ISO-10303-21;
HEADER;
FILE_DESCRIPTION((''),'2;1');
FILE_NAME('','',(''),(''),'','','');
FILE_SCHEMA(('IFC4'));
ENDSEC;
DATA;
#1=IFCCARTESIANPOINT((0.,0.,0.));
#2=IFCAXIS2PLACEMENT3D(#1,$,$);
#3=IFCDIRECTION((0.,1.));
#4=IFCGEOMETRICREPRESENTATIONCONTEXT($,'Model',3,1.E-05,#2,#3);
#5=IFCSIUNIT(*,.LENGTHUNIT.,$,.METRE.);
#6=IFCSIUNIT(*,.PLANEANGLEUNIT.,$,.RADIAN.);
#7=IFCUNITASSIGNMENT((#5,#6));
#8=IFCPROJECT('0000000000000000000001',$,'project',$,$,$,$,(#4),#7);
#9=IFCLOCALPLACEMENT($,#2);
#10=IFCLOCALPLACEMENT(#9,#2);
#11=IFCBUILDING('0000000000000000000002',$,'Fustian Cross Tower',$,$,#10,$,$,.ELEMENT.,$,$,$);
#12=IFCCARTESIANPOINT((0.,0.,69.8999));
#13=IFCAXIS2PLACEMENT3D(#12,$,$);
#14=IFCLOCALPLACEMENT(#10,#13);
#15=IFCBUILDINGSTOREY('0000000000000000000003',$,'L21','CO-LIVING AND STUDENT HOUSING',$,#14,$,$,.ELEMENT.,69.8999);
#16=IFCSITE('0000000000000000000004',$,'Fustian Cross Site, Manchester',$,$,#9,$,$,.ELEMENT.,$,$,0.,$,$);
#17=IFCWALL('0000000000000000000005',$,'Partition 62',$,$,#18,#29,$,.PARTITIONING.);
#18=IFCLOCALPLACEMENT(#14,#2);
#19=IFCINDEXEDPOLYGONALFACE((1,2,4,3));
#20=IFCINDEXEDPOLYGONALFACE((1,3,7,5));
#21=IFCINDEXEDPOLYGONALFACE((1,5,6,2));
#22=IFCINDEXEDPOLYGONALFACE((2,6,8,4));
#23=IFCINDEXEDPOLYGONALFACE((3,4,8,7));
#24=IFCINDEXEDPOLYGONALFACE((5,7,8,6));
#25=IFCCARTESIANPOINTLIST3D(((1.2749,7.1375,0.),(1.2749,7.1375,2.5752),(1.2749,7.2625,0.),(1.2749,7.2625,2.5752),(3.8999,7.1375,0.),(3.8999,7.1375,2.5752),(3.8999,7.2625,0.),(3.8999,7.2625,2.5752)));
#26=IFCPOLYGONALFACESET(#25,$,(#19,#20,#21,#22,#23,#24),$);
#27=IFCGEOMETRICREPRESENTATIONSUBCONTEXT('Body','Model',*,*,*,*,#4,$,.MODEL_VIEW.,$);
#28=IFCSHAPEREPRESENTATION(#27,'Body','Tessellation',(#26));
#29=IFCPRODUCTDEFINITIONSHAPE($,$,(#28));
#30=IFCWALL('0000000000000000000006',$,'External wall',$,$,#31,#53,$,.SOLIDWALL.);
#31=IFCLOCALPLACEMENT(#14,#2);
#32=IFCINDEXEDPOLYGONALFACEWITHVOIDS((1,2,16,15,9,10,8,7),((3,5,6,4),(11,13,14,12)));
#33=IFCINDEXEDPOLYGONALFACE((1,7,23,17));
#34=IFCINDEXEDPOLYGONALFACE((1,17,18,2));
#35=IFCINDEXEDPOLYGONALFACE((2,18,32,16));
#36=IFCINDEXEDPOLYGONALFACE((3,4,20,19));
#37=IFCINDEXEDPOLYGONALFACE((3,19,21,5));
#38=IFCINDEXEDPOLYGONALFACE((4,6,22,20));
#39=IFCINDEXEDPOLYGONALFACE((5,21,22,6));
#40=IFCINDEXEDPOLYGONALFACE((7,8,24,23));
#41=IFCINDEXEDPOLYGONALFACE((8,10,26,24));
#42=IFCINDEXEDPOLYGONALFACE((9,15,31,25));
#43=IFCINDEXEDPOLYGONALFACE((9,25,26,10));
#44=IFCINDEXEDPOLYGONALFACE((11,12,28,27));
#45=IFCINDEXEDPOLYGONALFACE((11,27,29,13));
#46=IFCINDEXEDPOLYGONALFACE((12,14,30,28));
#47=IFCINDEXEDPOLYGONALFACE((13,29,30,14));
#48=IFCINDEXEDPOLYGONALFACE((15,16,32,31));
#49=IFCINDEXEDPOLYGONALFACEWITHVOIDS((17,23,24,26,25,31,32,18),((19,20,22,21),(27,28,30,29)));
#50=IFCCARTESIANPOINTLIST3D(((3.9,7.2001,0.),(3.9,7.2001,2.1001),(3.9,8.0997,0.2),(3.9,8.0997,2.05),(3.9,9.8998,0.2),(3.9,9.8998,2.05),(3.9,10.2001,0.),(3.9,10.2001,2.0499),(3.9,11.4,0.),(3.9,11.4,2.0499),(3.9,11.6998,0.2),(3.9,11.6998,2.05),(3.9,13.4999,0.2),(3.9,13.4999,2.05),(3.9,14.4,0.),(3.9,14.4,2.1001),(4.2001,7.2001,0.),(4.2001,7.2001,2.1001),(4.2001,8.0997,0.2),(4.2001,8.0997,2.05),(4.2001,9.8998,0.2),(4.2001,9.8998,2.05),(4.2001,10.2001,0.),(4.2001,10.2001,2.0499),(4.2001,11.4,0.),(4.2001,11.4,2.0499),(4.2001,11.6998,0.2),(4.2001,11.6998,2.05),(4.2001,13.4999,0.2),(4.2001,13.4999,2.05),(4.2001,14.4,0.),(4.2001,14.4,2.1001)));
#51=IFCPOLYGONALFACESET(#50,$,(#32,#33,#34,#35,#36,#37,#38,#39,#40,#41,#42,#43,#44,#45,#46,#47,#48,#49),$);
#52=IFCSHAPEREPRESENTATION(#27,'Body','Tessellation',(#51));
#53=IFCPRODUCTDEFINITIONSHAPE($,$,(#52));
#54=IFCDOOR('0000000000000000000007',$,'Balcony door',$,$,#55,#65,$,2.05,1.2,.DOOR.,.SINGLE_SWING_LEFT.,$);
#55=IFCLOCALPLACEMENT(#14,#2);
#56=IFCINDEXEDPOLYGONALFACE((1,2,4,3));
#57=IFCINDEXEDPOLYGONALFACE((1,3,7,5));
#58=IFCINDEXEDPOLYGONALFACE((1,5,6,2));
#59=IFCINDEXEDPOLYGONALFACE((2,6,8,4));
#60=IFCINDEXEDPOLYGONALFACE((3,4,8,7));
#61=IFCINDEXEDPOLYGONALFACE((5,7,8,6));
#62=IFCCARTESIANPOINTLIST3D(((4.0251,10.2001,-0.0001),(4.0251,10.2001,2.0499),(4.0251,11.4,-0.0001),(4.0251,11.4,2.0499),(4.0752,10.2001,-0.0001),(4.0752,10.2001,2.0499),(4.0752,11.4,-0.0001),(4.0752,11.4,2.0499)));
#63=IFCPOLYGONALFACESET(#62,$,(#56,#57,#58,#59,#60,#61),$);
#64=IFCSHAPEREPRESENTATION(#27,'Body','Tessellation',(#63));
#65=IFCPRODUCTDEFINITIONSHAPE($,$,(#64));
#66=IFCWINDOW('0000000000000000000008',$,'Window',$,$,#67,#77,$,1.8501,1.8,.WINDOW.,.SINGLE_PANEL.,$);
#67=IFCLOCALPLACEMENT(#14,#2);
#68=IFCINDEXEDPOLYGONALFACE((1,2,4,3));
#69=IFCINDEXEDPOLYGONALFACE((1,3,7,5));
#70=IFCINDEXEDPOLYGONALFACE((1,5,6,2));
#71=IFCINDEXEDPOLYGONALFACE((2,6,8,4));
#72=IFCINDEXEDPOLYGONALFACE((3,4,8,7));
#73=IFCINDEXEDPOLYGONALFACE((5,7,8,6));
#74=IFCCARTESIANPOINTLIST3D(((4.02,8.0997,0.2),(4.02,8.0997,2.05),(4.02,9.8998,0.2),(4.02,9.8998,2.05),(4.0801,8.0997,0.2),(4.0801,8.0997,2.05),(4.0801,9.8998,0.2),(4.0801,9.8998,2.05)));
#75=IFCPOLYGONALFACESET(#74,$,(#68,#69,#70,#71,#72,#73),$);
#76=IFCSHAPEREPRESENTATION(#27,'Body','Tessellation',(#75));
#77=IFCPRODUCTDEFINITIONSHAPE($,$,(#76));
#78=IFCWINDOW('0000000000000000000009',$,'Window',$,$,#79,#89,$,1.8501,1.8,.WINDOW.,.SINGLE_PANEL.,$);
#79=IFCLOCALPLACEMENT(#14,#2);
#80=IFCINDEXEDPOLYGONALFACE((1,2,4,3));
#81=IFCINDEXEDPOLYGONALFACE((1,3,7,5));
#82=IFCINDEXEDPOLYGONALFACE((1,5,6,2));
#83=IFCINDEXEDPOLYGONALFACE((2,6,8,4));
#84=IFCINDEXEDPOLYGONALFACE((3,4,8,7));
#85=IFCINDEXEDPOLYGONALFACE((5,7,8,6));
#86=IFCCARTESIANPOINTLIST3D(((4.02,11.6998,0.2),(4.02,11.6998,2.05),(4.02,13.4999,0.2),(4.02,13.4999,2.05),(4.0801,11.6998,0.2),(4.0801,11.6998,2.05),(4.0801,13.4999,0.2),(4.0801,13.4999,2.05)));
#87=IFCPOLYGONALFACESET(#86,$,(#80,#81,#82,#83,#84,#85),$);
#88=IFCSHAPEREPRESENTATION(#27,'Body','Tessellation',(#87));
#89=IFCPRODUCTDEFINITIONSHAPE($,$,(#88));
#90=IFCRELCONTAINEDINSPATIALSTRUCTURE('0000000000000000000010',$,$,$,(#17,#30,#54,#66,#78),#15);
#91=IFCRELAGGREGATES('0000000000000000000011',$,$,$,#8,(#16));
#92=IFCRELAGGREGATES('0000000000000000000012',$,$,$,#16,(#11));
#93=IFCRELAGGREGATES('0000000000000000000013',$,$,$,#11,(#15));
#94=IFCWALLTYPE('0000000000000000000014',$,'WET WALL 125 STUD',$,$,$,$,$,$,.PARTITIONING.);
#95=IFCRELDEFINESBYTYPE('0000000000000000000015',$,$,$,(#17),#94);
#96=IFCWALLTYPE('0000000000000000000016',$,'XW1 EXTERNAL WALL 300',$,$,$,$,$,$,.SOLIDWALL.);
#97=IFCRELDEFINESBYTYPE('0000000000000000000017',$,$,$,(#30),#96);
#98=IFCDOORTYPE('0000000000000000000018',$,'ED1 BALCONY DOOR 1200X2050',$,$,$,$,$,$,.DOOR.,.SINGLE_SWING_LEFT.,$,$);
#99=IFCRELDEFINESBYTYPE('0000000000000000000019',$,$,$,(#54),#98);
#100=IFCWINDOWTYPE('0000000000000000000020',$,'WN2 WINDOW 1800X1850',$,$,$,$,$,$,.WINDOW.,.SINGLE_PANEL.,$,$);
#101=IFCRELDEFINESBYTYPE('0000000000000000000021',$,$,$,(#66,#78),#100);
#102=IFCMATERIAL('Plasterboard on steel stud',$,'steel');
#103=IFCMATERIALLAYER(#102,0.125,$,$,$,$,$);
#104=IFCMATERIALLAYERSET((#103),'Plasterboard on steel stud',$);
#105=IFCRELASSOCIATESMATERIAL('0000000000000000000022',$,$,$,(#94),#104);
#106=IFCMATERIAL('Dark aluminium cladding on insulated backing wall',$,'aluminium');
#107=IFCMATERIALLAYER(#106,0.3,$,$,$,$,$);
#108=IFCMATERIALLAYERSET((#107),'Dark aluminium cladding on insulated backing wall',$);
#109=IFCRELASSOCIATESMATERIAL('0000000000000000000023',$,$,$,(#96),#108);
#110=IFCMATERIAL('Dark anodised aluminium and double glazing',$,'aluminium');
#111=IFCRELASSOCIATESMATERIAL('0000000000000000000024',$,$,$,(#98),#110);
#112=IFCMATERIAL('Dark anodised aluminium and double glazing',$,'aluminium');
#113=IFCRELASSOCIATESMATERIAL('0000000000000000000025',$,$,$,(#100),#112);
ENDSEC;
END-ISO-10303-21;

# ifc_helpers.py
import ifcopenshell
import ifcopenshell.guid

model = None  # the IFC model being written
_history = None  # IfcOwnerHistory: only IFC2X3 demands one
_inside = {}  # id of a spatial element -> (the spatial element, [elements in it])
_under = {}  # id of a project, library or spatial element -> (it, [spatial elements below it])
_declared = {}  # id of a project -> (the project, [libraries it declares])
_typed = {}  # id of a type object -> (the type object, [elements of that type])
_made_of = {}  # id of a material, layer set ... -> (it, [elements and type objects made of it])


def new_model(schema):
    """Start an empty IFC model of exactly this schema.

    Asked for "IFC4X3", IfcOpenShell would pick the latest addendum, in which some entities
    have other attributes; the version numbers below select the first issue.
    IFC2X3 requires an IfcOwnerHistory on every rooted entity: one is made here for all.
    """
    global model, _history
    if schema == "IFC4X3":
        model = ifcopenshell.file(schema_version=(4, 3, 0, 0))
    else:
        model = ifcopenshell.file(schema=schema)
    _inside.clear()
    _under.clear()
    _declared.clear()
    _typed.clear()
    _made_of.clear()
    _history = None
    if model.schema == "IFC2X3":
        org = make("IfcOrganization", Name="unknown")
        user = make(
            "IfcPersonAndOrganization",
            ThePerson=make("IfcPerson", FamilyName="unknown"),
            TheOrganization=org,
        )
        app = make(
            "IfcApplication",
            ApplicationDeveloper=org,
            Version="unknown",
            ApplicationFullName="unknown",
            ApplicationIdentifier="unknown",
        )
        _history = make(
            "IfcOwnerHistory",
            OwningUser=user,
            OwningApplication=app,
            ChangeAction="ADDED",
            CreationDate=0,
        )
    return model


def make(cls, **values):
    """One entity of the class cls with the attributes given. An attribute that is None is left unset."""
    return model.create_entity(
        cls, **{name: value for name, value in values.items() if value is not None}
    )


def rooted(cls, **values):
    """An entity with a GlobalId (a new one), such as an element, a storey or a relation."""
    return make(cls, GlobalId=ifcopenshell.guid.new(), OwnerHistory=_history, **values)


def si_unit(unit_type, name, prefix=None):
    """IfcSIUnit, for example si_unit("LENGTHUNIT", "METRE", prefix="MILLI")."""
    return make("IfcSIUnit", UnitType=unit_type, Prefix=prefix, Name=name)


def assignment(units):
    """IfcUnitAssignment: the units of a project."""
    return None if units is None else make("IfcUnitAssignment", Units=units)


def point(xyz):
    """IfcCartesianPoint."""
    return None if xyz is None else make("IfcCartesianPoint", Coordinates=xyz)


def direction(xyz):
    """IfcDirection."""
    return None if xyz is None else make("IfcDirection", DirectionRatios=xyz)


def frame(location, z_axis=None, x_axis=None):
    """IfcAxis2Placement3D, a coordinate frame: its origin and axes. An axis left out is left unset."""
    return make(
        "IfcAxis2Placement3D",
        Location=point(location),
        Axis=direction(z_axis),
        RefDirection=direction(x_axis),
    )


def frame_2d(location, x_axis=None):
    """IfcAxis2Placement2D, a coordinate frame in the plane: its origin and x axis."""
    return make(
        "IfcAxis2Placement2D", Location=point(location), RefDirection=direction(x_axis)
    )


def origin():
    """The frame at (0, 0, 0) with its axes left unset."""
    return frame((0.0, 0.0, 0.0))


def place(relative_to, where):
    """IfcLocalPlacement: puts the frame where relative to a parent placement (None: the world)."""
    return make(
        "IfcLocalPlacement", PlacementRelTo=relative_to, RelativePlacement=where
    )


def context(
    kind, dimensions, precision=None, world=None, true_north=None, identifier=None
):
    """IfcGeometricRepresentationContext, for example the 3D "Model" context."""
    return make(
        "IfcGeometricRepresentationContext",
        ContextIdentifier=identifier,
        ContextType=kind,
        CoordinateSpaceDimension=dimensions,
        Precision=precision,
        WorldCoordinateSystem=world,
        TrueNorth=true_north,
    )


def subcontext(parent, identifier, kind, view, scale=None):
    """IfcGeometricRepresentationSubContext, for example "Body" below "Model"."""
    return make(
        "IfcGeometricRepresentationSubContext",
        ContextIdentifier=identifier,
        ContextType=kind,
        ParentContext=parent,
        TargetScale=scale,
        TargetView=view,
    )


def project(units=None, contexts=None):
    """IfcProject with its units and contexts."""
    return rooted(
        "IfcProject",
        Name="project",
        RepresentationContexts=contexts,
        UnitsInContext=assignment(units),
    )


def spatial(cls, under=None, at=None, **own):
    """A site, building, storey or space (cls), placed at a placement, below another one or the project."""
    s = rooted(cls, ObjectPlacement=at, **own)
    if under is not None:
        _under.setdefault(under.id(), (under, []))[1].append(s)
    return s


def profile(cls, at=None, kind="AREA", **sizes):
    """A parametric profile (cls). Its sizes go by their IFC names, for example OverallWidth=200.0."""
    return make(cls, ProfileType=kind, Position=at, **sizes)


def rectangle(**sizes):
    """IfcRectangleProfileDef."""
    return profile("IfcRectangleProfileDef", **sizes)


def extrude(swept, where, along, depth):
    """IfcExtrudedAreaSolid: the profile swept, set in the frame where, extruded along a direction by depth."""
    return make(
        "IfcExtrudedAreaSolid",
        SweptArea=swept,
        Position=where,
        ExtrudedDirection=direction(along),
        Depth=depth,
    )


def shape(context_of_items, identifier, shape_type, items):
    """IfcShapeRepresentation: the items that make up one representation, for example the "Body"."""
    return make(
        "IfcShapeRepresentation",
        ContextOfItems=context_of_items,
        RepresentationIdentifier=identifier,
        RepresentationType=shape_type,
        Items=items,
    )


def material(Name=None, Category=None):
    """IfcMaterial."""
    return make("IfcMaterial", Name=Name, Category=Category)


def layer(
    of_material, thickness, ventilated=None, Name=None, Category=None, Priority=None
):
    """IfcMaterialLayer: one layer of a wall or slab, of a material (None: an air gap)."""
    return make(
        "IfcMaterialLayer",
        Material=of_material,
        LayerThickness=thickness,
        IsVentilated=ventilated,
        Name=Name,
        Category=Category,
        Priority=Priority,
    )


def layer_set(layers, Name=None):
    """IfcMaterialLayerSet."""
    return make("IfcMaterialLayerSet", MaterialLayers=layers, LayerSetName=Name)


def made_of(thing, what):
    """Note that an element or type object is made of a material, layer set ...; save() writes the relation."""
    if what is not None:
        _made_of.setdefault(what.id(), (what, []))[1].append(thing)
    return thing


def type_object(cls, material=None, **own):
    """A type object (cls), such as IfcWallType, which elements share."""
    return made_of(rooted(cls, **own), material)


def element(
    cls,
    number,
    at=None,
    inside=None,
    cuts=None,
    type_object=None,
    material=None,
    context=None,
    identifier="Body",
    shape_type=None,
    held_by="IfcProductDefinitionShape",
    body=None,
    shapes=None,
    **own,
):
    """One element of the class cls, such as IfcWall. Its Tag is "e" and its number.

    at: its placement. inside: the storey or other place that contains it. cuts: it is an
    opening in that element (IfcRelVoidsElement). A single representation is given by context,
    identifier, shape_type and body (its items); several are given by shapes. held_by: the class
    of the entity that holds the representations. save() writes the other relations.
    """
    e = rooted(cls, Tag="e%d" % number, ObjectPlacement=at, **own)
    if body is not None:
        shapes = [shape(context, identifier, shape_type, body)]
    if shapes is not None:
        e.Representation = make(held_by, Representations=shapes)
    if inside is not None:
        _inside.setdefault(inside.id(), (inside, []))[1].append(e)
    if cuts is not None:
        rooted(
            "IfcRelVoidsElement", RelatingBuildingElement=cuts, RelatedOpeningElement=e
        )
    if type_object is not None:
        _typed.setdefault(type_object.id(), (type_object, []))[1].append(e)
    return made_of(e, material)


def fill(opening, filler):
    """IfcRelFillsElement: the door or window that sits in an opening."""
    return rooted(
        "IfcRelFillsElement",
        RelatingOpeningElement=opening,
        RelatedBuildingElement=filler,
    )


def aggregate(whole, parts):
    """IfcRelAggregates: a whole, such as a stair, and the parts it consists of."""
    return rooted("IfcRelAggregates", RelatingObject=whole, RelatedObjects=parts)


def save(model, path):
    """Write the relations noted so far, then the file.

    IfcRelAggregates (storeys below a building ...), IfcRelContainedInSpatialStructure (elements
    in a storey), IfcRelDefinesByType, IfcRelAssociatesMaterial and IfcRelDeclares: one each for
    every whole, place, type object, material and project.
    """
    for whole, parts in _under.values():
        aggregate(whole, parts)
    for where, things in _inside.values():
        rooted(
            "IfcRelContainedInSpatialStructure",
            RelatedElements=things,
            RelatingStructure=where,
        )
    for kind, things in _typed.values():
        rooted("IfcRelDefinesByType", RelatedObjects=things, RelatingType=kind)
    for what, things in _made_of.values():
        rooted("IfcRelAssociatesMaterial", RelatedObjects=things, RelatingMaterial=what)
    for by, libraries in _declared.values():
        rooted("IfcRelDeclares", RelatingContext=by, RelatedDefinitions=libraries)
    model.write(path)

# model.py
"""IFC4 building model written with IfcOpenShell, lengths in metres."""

from ifc_helpers import new_model, si_unit, direction, frame, frame_2d, origin, place, context, subcontext, project, spatial, rectangle, extrude, material, layer, layer_set, type_object, element, fill, save


model = new_model("IFC4")

# Units and contexts
model_context = context("Model", 3, precision=1e-05, world=origin(), true_north=direction((0.0, 1.0)))
body_context = subcontext(model_context, "Body", "Model", "MODEL_VIEW")
ifc_project = project(units=[si_unit("LENGTHUNIT", "METRE"), si_unit("PLANEANGLEUNIT", "RADIAN")], contexts=[model_context])

# Site, building, storey
site_placement = place(None, origin())
site = spatial("IfcSite", under=ifc_project, at=site_placement, Name="Fustian Cross Site, Manchester", CompositionType="ELEMENT", RefElevation=0.0)
building_placement = place(site_placement, origin())
building = spatial("IfcBuilding", under=site, at=building_placement, Name="Fustian Cross Tower", CompositionType="ELEMENT")
storey_placement = place(building_placement, frame((0.0, 0.0, 69.8999)))
storey = spatial("IfcBuildingStorey", under=building, at=storey_placement, Name="L21", Description="CO-LIVING AND STUDENT HOUSING", CompositionType="ELEMENT", Elevation=69.8999)

# Wall
ifc_material_1 = material(Name="Plasterboard on steel stud", Category="steel")
ifc_layer_1 = layer(ifc_material_1, 0.125)
ifc_layer_set_1 = layer_set([ifc_layer_1], Name="Plasterboard on steel stud")
wall_type_1 = type_object("IfcWallType", Name="WET WALL 125 STUD", PredefinedType="PARTITIONING", material=ifc_layer_set_1)
wall_1_placement = place(storey_placement, frame((1.2749, 7.2, 0.0), z_axis=(0.0, 0.0, 1.0), x_axis=(1.0, 0.0, 0.0)))
element("IfcWall", 1, at=wall_1_placement, inside=storey, type_object=wall_type_1, Name="Partition 62", PredefinedType="PARTITIONING", context=body_context, shape_type="SweptSolid", body=[
    extrude(rectangle(XDim=2.625, YDim=0.125, at=frame_2d((1.3125, 0.0))), origin(), (0.0, 0.0, 1.0), 2.5752),
])

# Wall, openings, door, windows
ifc_material_2 = material(Name="Dark aluminium cladding on insulated backing wall", Category="aluminium")
ifc_layer_2 = layer(ifc_material_2, 0.3)
ifc_layer_set_2 = layer_set([ifc_layer_2], Name="Dark aluminium cladding on insulated backing wall")
wall_type_2 = type_object("IfcWallType", Name="XW1 EXTERNAL WALL 300", PredefinedType="SOLIDWALL", material=ifc_layer_set_2)
wall_2_placement = place(storey_placement, frame((4.05, 7.2, 0.0), z_axis=(0.0, 0.0, 1.0), x_axis=(0.0, 1.0, 0.0)))
wall_2 = element("IfcWall", 2, at=wall_2_placement, inside=storey, type_object=wall_type_2, Name="External wall", PredefinedType="SOLIDWALL", context=body_context, shape_type="SweptSolid", body=[
    extrude(rectangle(XDim=7.2, YDim=0.3, at=frame_2d((3.6001, 0.0))), origin(), (0.0, 0.0, 1.0), 2.1001),
])
opening_1_placement = place(wall_2_placement, frame((3.0, 0.0, 0.0)))
opening_1 = element("IfcOpeningElement", 3, at=opening_1_placement, cuts=wall_2, PredefinedType="OPENING", context=body_context, shape_type="SweptSolid", body=[
    extrude(rectangle(XDim=1.2, YDim=2.05, at=frame_2d((0.6001, 1.0249))), frame((0.0, 0.1599, 0.0), z_axis=(0.0, -1.0, 0.0), x_axis=(1.0, 0.0, 0.0)), (0.0, 0.0, 1.0), 0.3201),
])
opening_2_placement = place(wall_2_placement, frame((0.8999, 0.0, 0.2)))
opening_2 = element("IfcOpeningElement", 4, at=opening_2_placement, cuts=wall_2, PredefinedType="OPENING", context=body_context, shape_type="SweptSolid", body=[
    extrude(rectangle(XDim=1.8, YDim=1.8501, at=frame_2d((0.8999, 0.925))), frame((0.0, 0.1599, 0.0), z_axis=(0.0, -1.0, 0.0), x_axis=(1.0, 0.0, 0.0)), (0.0, 0.0, 1.0), 0.3201),
])
opening_3_placement = place(wall_2_placement, frame((4.5, 0.0, 0.2)))
opening_3 = element("IfcOpeningElement", 5, at=opening_3_placement, cuts=wall_2, PredefinedType="OPENING", context=body_context, shape_type="SweptSolid", body=[
    extrude(rectangle(XDim=1.8, YDim=1.8501, at=frame_2d((0.8999, 0.925))), frame((0.0, 0.1599, 0.0), z_axis=(0.0, -1.0, 0.0), x_axis=(1.0, 0.0, 0.0)), (0.0, 0.0, 1.0), 0.3201),
])
ifc_material_3 = material(Name="Dark anodised aluminium and double glazing", Category="aluminium")
door_type_1 = type_object("IfcDoorType", Name="ED1 BALCONY DOOR 1200X2050", OperationType="SINGLE_SWING_LEFT", PredefinedType="DOOR", material=ifc_material_3)
door_1_placement = place(opening_1_placement, origin())
door_1 = element("IfcDoor", 6, at=door_1_placement, inside=storey, type_object=door_type_1, Name="Balcony door", OperationType="SINGLE_SWING_LEFT", OverallHeight=2.05, OverallWidth=1.2, PredefinedType="DOOR", context=body_context, shape_type="SweptSolid", body=[
    extrude(rectangle(XDim=1.2, YDim=2.05, at=frame_2d((0.6001, 1.0249))), frame((0.0, 0.0249, 0.0), z_axis=(0.0, -1.0, 0.0), x_axis=(1.0, 0.0, 0.0)), (0.0, 0.0, 1.0), 0.05),
])
fill(opening_1, door_1)
ifc_material_4 = material(Name="Dark anodised aluminium and double glazing", Category="aluminium")
window_type = type_object("IfcWindowType", Name="WN2 WINDOW 1800X1850", PartitioningType="SINGLE_PANEL", PredefinedType="WINDOW", material=ifc_material_4)
window_1_placement = place(opening_2_placement, origin())
window_1 = element("IfcWindow", 7, at=window_1_placement, inside=storey, type_object=window_type, Name="Window", OverallHeight=1.8501, OverallWidth=1.8, PartitioningType="SINGLE_PANEL", PredefinedType="WINDOW", context=body_context, shape_type="SweptSolid", body=[
    extrude(rectangle(XDim=1.8, YDim=1.8501, at=frame_2d((0.8999, 0.925))), frame((0.0, 0.03, 0.0), z_axis=(0.0, -1.0, 0.0), x_axis=(1.0, 0.0, 0.0)), (0.0, 0.0, 1.0), 0.0601),
])
fill(opening_2, window_1)
window_2_placement = place(opening_3_placement, origin())
window_2 = element("IfcWindow", 8, at=window_2_placement, inside=storey, type_object=window_type, Name="Window", OverallHeight=1.8501, OverallWidth=1.8, PartitioningType="SINGLE_PANEL", PredefinedType="WINDOW", context=body_context, shape_type="SweptSolid", body=[
    extrude(rectangle(XDim=1.8, YDim=1.8501, at=frame_2d((0.8999, 0.925))), frame((0.0, 0.03, 0.0), z_axis=(0.0, -1.0, 0.0), x_axis=(1.0, 0.0, 0.0)), (0.0, 0.0, 1.0), 0.0601),
])
fill(opening_3, window_2)

save(model, "model.ifc")
